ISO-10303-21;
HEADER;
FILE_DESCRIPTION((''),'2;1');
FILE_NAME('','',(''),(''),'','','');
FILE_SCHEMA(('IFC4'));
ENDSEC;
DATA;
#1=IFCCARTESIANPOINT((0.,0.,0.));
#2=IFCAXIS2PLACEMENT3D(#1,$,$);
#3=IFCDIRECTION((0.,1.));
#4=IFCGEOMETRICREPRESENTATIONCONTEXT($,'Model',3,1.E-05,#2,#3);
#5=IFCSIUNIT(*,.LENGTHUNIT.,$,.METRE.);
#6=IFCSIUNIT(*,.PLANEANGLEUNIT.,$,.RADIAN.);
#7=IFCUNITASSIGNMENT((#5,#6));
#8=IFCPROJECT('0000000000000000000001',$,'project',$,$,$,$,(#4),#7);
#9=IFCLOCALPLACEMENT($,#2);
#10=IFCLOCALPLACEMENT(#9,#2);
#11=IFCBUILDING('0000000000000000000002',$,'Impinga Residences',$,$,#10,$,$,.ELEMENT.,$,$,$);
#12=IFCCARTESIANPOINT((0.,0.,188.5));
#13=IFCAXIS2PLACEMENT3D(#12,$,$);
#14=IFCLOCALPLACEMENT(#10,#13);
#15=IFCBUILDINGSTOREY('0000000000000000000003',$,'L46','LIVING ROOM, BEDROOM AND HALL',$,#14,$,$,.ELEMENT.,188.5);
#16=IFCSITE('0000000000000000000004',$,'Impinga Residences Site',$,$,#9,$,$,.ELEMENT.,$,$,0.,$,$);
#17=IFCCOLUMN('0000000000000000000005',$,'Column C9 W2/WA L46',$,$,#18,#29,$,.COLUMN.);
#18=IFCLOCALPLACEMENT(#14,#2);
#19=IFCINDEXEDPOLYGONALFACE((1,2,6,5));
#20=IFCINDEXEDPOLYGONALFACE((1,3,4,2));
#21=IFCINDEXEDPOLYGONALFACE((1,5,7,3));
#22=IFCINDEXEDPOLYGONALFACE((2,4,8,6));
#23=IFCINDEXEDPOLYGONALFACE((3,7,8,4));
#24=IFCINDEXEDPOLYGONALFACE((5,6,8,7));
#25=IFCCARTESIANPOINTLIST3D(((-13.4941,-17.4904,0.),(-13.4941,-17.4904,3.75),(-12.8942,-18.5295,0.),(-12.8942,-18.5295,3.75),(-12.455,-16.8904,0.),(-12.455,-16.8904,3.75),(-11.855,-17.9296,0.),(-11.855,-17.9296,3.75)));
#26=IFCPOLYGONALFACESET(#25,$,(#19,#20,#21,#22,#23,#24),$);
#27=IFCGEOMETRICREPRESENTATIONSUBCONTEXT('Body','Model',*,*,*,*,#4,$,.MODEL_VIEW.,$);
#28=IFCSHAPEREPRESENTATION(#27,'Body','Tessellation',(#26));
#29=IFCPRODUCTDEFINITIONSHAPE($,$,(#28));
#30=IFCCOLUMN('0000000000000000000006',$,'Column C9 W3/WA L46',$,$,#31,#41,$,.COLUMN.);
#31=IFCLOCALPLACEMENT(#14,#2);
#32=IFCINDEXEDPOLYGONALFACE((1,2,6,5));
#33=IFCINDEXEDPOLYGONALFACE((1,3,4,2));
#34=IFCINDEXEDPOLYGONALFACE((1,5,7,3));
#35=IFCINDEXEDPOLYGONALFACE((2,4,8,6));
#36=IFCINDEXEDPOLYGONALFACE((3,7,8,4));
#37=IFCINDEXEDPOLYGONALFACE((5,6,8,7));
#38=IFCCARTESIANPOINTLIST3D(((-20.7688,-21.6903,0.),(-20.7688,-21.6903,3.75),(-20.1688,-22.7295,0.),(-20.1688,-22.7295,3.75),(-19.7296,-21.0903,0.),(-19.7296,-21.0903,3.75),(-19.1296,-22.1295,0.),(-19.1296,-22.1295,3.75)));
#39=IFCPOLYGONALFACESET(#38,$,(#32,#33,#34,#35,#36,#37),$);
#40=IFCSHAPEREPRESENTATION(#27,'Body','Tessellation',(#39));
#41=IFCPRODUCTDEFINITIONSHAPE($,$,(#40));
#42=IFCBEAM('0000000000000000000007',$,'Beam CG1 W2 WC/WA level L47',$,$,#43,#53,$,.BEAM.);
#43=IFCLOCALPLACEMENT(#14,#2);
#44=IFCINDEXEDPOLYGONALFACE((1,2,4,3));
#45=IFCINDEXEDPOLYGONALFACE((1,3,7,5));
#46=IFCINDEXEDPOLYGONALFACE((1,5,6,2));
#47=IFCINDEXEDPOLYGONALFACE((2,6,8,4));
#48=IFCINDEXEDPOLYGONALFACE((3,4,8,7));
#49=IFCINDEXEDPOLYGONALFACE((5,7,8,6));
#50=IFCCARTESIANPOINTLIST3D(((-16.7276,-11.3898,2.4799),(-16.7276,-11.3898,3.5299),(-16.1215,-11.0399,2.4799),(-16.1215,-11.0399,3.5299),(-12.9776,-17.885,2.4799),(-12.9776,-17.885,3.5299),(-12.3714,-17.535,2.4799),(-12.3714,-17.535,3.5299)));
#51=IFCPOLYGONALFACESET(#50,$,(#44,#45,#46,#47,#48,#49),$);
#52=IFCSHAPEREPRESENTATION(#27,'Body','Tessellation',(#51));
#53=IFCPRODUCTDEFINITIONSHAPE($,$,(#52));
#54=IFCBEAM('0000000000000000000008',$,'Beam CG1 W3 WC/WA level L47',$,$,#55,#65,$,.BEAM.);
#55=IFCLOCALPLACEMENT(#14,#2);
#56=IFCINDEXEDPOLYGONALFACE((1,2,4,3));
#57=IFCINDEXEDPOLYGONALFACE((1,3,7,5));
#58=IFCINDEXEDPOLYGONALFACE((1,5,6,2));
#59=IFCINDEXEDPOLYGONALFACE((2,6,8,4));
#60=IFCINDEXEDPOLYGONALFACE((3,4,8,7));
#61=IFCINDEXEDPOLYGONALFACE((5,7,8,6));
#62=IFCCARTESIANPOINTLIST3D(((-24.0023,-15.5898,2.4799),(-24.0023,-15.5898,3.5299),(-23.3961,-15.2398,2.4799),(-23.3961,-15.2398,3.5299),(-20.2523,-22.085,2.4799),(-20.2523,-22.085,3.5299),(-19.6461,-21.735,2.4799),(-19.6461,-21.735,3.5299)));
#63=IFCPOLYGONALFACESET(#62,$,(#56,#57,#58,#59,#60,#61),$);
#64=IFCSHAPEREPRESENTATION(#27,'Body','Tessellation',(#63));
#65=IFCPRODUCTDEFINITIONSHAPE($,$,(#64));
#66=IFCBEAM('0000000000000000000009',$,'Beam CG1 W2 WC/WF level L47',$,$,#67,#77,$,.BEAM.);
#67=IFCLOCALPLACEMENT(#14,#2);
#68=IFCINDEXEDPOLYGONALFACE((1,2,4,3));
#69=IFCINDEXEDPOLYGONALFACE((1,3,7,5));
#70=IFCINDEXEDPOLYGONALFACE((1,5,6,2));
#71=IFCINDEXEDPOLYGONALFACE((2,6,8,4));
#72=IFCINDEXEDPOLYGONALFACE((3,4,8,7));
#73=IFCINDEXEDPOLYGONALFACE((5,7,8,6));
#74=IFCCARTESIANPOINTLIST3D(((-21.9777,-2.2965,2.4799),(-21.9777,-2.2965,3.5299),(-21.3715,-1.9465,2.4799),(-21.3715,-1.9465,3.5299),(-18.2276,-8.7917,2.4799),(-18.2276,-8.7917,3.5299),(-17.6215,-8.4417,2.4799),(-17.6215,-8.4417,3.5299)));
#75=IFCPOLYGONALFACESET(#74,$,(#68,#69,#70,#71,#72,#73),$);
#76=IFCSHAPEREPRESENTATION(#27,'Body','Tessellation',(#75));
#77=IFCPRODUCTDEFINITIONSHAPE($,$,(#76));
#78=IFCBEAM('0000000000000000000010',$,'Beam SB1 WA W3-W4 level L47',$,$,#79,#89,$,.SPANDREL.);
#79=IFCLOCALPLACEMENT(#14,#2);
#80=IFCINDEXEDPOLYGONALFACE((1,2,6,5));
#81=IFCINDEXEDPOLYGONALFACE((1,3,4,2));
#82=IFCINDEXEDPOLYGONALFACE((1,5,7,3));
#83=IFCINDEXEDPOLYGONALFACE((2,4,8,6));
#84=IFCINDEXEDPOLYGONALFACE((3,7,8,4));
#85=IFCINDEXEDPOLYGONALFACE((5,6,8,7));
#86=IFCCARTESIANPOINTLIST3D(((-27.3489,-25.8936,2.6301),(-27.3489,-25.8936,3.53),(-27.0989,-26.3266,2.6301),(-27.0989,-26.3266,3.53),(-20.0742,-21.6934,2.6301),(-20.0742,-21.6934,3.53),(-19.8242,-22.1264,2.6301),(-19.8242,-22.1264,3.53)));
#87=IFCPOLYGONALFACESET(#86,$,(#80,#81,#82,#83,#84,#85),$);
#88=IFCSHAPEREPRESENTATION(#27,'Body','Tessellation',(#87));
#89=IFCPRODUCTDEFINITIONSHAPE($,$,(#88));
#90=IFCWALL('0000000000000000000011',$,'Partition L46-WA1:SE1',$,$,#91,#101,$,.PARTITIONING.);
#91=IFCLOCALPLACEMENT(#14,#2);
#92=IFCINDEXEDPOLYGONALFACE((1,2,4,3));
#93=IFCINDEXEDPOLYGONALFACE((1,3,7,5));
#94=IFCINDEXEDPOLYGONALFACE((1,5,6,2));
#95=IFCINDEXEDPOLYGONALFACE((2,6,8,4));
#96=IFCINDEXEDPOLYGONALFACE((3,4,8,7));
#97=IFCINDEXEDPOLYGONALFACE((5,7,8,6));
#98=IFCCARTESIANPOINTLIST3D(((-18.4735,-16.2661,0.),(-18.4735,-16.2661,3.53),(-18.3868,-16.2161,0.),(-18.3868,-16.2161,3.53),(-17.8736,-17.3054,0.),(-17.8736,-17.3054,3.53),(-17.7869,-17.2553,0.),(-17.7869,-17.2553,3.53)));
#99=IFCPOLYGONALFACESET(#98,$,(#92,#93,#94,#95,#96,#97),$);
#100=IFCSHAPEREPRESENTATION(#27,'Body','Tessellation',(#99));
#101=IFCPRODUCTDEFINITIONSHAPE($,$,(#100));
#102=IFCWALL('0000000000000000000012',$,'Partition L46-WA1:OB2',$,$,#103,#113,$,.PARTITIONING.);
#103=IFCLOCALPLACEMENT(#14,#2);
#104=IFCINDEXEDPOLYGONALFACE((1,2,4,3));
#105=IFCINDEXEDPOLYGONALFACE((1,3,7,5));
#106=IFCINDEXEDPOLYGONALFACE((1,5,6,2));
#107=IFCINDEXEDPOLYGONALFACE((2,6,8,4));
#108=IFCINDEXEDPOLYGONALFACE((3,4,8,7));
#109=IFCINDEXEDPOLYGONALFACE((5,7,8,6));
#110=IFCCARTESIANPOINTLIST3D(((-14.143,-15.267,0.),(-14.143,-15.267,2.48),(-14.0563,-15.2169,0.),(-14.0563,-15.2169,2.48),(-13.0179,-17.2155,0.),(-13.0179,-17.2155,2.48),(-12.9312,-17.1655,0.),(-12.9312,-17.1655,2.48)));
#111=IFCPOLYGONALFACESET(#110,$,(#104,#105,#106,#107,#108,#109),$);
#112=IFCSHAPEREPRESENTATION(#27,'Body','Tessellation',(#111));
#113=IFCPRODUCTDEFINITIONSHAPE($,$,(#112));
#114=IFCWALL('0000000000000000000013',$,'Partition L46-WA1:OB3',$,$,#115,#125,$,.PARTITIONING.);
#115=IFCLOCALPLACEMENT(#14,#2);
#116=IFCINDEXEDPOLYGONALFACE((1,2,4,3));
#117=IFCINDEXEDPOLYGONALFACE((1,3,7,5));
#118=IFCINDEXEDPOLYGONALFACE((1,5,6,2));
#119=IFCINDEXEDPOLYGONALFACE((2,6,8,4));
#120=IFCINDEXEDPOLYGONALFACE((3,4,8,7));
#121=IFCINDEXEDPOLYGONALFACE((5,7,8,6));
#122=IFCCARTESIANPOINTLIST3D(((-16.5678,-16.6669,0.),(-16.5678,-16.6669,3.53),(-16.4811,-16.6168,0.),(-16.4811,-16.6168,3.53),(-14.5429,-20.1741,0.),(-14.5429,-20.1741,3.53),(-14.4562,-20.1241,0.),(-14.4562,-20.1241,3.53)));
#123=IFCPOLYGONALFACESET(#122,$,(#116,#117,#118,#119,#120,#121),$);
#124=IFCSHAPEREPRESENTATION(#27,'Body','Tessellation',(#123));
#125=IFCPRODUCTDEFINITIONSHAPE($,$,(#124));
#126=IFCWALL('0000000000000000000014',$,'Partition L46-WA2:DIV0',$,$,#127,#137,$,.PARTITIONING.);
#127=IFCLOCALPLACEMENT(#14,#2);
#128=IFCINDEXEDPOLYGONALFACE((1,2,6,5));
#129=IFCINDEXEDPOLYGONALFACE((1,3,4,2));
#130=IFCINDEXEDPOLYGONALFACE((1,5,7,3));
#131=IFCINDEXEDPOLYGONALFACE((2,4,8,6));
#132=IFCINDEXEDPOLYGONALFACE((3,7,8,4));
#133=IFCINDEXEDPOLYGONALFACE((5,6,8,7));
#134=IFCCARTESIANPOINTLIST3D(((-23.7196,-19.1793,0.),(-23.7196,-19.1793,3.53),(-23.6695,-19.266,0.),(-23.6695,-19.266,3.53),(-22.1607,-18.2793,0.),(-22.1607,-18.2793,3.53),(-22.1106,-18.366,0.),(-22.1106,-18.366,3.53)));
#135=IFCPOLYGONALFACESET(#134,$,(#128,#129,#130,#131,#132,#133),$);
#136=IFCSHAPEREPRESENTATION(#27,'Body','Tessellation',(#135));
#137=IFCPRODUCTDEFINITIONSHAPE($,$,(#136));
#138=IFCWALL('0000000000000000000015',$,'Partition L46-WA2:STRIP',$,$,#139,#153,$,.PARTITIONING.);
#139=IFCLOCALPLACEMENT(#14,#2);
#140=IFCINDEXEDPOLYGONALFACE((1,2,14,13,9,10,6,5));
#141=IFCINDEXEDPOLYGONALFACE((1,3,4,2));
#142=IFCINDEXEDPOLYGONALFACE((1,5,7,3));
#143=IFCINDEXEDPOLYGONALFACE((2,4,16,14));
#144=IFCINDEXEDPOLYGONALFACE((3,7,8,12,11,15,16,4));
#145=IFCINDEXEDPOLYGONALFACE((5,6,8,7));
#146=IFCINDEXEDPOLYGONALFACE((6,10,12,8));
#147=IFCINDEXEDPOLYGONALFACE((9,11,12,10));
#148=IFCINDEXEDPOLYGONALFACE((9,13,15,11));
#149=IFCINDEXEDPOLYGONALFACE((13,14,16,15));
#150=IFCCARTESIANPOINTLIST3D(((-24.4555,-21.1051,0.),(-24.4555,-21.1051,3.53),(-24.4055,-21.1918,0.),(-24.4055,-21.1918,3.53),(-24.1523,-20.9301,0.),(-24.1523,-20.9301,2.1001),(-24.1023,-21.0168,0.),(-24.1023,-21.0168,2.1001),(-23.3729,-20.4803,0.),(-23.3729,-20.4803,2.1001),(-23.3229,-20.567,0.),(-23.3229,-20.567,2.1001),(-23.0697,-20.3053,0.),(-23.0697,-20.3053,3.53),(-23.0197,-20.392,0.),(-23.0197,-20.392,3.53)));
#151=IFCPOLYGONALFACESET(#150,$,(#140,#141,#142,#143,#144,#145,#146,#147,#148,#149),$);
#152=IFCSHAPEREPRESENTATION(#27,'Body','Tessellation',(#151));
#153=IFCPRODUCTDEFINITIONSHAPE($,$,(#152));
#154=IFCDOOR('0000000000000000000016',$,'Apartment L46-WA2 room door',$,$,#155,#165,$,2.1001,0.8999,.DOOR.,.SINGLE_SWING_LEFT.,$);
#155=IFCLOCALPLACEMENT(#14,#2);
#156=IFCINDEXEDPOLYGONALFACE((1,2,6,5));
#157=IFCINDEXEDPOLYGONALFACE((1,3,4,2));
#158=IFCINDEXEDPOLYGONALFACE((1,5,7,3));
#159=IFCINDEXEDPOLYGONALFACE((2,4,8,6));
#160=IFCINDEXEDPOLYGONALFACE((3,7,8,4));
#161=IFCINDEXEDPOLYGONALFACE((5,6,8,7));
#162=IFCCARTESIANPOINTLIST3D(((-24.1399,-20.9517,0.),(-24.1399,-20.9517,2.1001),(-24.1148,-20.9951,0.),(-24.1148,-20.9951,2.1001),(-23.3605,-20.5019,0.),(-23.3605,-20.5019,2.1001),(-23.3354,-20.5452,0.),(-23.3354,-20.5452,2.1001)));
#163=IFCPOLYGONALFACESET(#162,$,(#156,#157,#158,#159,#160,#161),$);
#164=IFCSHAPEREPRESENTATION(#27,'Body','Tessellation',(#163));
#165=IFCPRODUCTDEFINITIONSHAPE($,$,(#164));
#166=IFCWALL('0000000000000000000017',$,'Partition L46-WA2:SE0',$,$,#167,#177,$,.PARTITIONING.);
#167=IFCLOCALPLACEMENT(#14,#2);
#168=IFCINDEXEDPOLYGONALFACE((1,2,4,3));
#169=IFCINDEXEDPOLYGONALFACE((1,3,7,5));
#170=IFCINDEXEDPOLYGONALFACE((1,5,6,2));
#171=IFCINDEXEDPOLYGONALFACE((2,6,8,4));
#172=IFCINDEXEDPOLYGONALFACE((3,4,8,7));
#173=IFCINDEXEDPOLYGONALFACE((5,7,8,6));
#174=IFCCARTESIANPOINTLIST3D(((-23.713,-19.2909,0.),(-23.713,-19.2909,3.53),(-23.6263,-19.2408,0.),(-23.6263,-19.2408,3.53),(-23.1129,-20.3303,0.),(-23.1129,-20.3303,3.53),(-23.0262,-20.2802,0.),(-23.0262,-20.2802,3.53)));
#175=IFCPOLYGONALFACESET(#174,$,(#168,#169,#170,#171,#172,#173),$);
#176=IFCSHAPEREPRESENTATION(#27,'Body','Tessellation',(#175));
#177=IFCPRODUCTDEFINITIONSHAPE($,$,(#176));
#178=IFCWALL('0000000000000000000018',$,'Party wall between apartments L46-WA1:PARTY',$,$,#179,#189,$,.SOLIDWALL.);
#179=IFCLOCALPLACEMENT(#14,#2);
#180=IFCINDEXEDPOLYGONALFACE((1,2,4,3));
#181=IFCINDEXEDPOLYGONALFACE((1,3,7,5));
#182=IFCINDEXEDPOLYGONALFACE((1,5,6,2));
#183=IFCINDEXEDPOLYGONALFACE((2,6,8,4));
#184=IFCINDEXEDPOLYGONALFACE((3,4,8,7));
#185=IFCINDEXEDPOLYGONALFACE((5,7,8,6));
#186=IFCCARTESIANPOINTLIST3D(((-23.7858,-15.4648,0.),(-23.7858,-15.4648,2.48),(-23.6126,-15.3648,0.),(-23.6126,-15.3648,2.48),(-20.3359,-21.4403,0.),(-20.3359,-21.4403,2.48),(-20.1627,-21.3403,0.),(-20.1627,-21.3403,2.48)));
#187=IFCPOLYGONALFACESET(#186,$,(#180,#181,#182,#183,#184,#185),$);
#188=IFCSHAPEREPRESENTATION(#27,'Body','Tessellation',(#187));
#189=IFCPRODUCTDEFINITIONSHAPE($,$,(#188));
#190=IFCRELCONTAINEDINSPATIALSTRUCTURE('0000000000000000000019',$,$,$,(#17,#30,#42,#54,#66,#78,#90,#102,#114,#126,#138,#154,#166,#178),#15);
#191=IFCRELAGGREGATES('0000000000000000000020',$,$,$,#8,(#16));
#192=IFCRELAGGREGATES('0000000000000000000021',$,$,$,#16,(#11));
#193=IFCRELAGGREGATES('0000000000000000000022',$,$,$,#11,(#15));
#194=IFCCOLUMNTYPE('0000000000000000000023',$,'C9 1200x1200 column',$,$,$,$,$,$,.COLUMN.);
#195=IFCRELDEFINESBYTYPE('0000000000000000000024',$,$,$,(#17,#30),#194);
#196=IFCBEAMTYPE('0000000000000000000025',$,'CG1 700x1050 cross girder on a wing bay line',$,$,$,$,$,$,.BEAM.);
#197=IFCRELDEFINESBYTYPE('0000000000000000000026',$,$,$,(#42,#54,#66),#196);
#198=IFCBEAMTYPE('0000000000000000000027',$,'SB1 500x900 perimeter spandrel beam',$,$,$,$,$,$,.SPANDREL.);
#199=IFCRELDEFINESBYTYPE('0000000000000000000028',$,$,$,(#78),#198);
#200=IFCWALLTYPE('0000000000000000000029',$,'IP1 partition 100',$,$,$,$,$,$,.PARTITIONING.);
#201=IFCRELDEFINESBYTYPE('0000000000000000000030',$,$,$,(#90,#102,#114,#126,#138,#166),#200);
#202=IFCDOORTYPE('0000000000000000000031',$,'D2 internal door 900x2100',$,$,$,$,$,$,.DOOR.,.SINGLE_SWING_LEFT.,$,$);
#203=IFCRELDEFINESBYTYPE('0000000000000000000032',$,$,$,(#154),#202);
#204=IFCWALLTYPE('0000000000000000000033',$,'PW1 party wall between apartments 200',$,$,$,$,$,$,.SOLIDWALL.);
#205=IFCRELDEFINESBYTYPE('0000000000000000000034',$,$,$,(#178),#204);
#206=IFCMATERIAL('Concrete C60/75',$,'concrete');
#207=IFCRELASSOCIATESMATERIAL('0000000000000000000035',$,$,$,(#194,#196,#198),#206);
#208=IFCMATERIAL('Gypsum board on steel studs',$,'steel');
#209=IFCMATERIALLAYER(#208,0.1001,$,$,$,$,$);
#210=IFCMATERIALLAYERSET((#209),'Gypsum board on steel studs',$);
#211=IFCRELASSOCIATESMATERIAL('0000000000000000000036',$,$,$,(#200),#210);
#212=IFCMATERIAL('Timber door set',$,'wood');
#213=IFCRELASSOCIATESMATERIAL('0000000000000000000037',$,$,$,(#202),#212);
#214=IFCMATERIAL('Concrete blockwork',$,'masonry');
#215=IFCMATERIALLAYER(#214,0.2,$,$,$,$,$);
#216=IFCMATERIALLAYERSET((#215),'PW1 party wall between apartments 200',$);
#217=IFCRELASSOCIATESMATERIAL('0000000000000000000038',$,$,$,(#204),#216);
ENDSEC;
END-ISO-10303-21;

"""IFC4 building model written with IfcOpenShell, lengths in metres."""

from ifc_helpers import new_model, si_unit, direction, frame, frame_2d, origin, origin_2d, place, context, subcontext, project, spatial, rectangle, extrude, material, layer, layer_set, material_profile, profile_set, type_object, element, fill, save


model = new_model("IFC4")

# Units and contexts
model_context = context("Model", 3, precision=1e-05, world=origin(), true_north=direction((0.0, 1.0)))
body_context = subcontext(model_context, "Body", "Model", "MODEL_VIEW")
ifc_project = project(units=[si_unit("LENGTHUNIT", "METRE"), si_unit("PLANEANGLEUNIT", "RADIAN")], contexts=[model_context])

# Site, building, storey
site_placement = place(None, origin())
site = spatial("IfcSite", under=ifc_project, at=site_placement, Name="Impinga Residences Site", CompositionType="ELEMENT", RefElevation=0.0)
building_placement = place(site_placement, origin())
building = spatial("IfcBuilding", under=site, at=building_placement, Name="Impinga Residences", CompositionType="ELEMENT")
storey_placement = place(building_placement, frame((0.0, 0.0, 188.5)))
storey = spatial("IfcBuildingStorey", under=building, at=storey_placement, Name="L46", Description="LIVING ROOM, BEDROOM AND HALL", CompositionType="ELEMENT", Elevation=188.5)

# Columns
ifc_material_1 = material(Name="Concrete C60/75", Category="concrete")
ifc_material_profile_1 = material_profile(ifc_material_1, rectangle(XDim=1.2, YDim=1.2, at=origin_2d()), Name="RC 1200x1200")
ifc_profile_set_1 = profile_set([ifc_material_profile_1], Name="Concrete C60/75")
column_type = type_object("IfcColumnType", Name="C9 1200x1200 column", PredefinedType="COLUMN", material=ifc_profile_set_1)
for number, where, z_axis, x_axis, name in (
    (1, (-12.6746, -17.71, 0.0), (0.0, 0.0, 1.0), (-0.5, 0.866025, 0.0), "Column C9 W2/WA L46"),
    (2, (-19.9492, -21.9099, 0.0), (0.0, 0.0, 1.0), (-0.5, 0.866025, 0.0), "Column C9 W3/WA L46"),
):
    element("IfcColumn", number, at=place(storey_placement, frame(where, z_axis=z_axis, x_axis=x_axis)), inside=storey, type_object=column_type, Name=name, PredefinedType="COLUMN", context=body_context, shape_type="SweptSolid", body=[
        extrude(rectangle(XDim=1.2, YDim=1.2, at=origin_2d()), origin(), (0.0, 0.0, 1.0), 3.75),
    ])

# Beams
ifc_material_profile_2 = material_profile(ifc_material_1, rectangle(XDim=0.7, YDim=1.05, at=origin_2d()), Name="RC 700x1050")
ifc_profile_set_2 = profile_set([ifc_material_profile_2], Name="Concrete C60/75")
beam_type_1 = type_object("IfcBeamType", Name="CG1 700x1050 cross girder on a wing bay line", PredefinedType="BEAM", material=ifc_profile_set_2)
for number, where, z_axis, x_axis, name in (
    (3, (-16.4246, -11.2148, 3.0049), (0.500004, -0.866023, 0.0), (0.866023, 0.500004, 0.0), "Beam CG1 W2 WC/WA level L47"),
    (4, (-23.6992, -15.4148, 3.0049), (0.500004, -0.866023, 0.0), (0.866023, 0.500004, 0.0), "Beam CG1 W3 WC/WA level L47"),
    (5, (-17.9246, -8.6167, 3.0049), (-0.500004, 0.866023, 0.0), (-0.866023, -0.500004, 0.0), "Beam CG1 W2 WC/WF level L47"),
):
    element("IfcBeam", number, at=place(storey_placement, frame(where, z_axis=z_axis, x_axis=x_axis)), inside=storey, type_object=beam_type_1, Name=name, PredefinedType="BEAM", context=body_context, shape_type="SweptSolid", body=[
        extrude(rectangle(XDim=0.7, YDim=1.05, at=origin_2d()), origin(), (0.0, 0.0, 1.0), 7.5),
    ])
ifc_material_profile_3 = material_profile(ifc_material_1, rectangle(XDim=0.5, YDim=0.8999, at=origin_2d()), Name="RC 500x900")
ifc_profile_set_3 = profile_set([ifc_material_profile_3], Name="Concrete C60/75")
beam_type_2 = type_object("IfcBeamType", Name="SB1 500x900 perimeter spandrel beam", PredefinedType="SPANDREL", material=ifc_profile_set_3)
beam_placement = place(storey_placement, frame((-19.9492, -21.9099, 3.0801), z_axis=(-0.866017, -0.500015, 0.0), x_axis=(0.500015, -0.866017, 0.0)))
element("IfcBeam", 6, at=beam_placement, inside=storey, type_object=beam_type_2, Name="Beam SB1 WA W3-W4 level L47", PredefinedType="SPANDREL", context=body_context, shape_type="SweptSolid", body=[
    extrude(rectangle(XDim=0.5, YDim=0.8999, at=origin_2d()), origin(), (0.0, 0.0, 1.0), 8.4001),
])

# Walls
ifc_material_2 = material(Name="Gypsum board on steel studs", Category="steel")
ifc_layer_1 = layer(ifc_material_2, 0.1001)
ifc_layer_set_1 = layer_set([ifc_layer_1], Name="Gypsum board on steel studs")
wall_type_1 = type_object("IfcWallType", Name="IP1 partition 100", PredefinedType="PARTITIONING", material=ifc_layer_set_1)
wall_1_placement = place(storey_placement, frame((-18.4302, -16.241, 0.0), z_axis=(0.0, 0.0, 1.0), x_axis=(0.499881, -0.866094, 0.0)))
element("IfcWall", 7, at=wall_1_placement, inside=storey, type_object=wall_type_1, Name="Partition L46-WA1:SE1", PredefinedType="PARTITIONING", context=body_context, shape_type="SweptSolid", body=[
    extrude(rectangle(XDim=1.2, YDim=0.1001, at=frame_2d((0.6001, 0.0))), origin(), (0.0, 0.0, 1.0), 3.53),
])
wall_2_placement = place(storey_placement, frame((-14.0996, -15.2419, 0.0), z_axis=(0.0, 0.0, 1.0), x_axis=(0.500014, -0.866018, 0.0)))
element("IfcWall", 8, at=wall_2_placement, inside=storey, type_object=wall_type_1, Name="Partition L46-WA1:OB2", PredefinedType="PARTITIONING", context=body_context, shape_type="SweptSolid", body=[
    extrude(rectangle(XDim=2.25, YDim=0.1001, at=frame_2d((1.125, 0.0))), origin(), (0.0, 0.0, 1.0), 2.48),
])
wall_3_placement = place(storey_placement, frame((-16.5244, -16.6418, 0.0), z_axis=(0.0, 0.0, 1.0), x_axis=(0.49999, -0.866031, 0.0)))
element("IfcWall", 9, at=wall_3_placement, inside=storey, type_object=wall_type_1, Name="Partition L46-WA1:OB3", PredefinedType="PARTITIONING", context=body_context, shape_type="SweptSolid", body=[
    extrude(rectangle(XDim=4.0498, YDim=0.1001, at=frame_2d((2.0249, 0.0))), origin(), (0.0, 0.0, 1.0), 3.53),
])
wall_4_placement = place(storey_placement, frame((-22.1357, -18.3228, 0.0), z_axis=(0.0, 0.0, 1.0), x_axis=(-0.866048, -0.499961, 0.0)))
element("IfcWall", 10, at=wall_4_placement, inside=storey, type_object=wall_type_1, Name="Partition L46-WA2:DIV0", PredefinedType="PARTITIONING", context=body_context, shape_type="SweptSolid", body=[
    extrude(rectangle(XDim=1.8, YDim=0.1001, at=frame_2d((0.8999, 0.0))), origin(), (0.0, 0.0, 1.0), 3.53),
])

# Wall, opening, door
wall_5_placement = place(storey_placement, frame((-23.0447, -20.3486, 0.0), z_axis=(0.0, 0.0, 1.0), x_axis=(-0.866094, -0.499881, 0.0)))
wall_5 = element("IfcWall", 11, at=wall_5_placement, inside=storey, type_object=wall_type_1, Name="Partition L46-WA2:STRIP", PredefinedType="PARTITIONING", context=body_context, shape_type="SweptSolid", body=[
    extrude(rectangle(XDim=1.6001, YDim=0.1001, at=frame_2d((0.8, 0.0))), origin(), (0.0, 0.0, 1.0), 3.53),
])
opening_placement = place(wall_5_placement, frame((0.3501, 0.0, 0.0)))
opening = element("IfcOpeningElement", 12, at=opening_placement, cuts=wall_5, PredefinedType="OPENING", context=body_context, shape_type="SweptSolid", body=[
    extrude(rectangle(XDim=0.8999, YDim=2.1001, at=frame_2d((0.45, 1.05))), frame((0.0, 0.0601, 0.0), z_axis=(0.0, -1.0, 0.0), x_axis=(1.0, 0.0, 0.0)), (0.0, 0.0, 1.0), 0.1201),
])
ifc_material_3 = material(Name="Timber door set", Category="wood")
door_type = type_object("IfcDoorType", Name="D2 internal door 900x2100", OperationType="SINGLE_SWING_LEFT", PredefinedType="DOOR", material=ifc_material_3)
door_placement = place(opening_placement, origin())
door = element("IfcDoor", 13, at=door_placement, inside=storey, type_object=door_type, Name="Apartment L46-WA2 room door", OperationType="SINGLE_SWING_LEFT", OverallHeight=2.1001, OverallWidth=0.8999, PredefinedType="DOOR", context=body_context, shape_type="SweptSolid", body=[
    extrude(rectangle(XDim=0.8999, YDim=2.1001, at=frame_2d((0.45, 1.05))), frame((0.0, 0.0249, 0.0), z_axis=(0.0, -1.0, 0.0), x_axis=(1.0, 0.0, 0.0)), (0.0, 0.0, 1.0), 0.05),
])
fill(opening, door)

# Walls
wall_6_placement = place(storey_placement, frame((-23.6697, -19.2659, 0.0), z_axis=(0.0, 0.0, 1.0), x_axis=(0.500034, -0.866006, 0.0)))
element("IfcWall", 14, at=wall_6_placement, inside=storey, type_object=wall_type_1, Name="Partition L46-WA2:SE0", PredefinedType="PARTITIONING", context=body_context, shape_type="SweptSolid", body=[
    extrude(rectangle(XDim=1.2002, YDim=0.1001, at=frame_2d((0.6001, 0.0))), origin(), (0.0, 0.0, 1.0), 3.53),
])
ifc_material_4 = material(Name="Concrete blockwork", Category="masonry")
ifc_layer_2 = layer(ifc_material_4, 0.2)
ifc_layer_set_2 = layer_set([ifc_layer_2], Name="PW1 party wall between apartments 200")
wall_type_2 = type_object("IfcWallType", Name="PW1 party wall between apartments 200", PredefinedType="SOLIDWALL", material=ifc_layer_set_2)
wall_7_placement = place(storey_placement, frame((-23.6992, -15.4148, 0.0), z_axis=(0.0, 0.0, 1.0), x_axis=(0.499994, -0.866029, 0.0)))
element("IfcWall", 15, at=wall_7_placement, inside=storey, type_object=wall_type_2, Name="Party wall between apartments L46-WA1:PARTY", PredefinedType="SOLIDWALL", context=body_context, shape_type="SweptSolid", body=[
    extrude(rectangle(XDim=6.8999, YDim=0.2, at=frame_2d((3.45, 0.0))), origin(), (0.0, 0.0, 1.0), 2.48),
])

save(model, "model.ifc")
